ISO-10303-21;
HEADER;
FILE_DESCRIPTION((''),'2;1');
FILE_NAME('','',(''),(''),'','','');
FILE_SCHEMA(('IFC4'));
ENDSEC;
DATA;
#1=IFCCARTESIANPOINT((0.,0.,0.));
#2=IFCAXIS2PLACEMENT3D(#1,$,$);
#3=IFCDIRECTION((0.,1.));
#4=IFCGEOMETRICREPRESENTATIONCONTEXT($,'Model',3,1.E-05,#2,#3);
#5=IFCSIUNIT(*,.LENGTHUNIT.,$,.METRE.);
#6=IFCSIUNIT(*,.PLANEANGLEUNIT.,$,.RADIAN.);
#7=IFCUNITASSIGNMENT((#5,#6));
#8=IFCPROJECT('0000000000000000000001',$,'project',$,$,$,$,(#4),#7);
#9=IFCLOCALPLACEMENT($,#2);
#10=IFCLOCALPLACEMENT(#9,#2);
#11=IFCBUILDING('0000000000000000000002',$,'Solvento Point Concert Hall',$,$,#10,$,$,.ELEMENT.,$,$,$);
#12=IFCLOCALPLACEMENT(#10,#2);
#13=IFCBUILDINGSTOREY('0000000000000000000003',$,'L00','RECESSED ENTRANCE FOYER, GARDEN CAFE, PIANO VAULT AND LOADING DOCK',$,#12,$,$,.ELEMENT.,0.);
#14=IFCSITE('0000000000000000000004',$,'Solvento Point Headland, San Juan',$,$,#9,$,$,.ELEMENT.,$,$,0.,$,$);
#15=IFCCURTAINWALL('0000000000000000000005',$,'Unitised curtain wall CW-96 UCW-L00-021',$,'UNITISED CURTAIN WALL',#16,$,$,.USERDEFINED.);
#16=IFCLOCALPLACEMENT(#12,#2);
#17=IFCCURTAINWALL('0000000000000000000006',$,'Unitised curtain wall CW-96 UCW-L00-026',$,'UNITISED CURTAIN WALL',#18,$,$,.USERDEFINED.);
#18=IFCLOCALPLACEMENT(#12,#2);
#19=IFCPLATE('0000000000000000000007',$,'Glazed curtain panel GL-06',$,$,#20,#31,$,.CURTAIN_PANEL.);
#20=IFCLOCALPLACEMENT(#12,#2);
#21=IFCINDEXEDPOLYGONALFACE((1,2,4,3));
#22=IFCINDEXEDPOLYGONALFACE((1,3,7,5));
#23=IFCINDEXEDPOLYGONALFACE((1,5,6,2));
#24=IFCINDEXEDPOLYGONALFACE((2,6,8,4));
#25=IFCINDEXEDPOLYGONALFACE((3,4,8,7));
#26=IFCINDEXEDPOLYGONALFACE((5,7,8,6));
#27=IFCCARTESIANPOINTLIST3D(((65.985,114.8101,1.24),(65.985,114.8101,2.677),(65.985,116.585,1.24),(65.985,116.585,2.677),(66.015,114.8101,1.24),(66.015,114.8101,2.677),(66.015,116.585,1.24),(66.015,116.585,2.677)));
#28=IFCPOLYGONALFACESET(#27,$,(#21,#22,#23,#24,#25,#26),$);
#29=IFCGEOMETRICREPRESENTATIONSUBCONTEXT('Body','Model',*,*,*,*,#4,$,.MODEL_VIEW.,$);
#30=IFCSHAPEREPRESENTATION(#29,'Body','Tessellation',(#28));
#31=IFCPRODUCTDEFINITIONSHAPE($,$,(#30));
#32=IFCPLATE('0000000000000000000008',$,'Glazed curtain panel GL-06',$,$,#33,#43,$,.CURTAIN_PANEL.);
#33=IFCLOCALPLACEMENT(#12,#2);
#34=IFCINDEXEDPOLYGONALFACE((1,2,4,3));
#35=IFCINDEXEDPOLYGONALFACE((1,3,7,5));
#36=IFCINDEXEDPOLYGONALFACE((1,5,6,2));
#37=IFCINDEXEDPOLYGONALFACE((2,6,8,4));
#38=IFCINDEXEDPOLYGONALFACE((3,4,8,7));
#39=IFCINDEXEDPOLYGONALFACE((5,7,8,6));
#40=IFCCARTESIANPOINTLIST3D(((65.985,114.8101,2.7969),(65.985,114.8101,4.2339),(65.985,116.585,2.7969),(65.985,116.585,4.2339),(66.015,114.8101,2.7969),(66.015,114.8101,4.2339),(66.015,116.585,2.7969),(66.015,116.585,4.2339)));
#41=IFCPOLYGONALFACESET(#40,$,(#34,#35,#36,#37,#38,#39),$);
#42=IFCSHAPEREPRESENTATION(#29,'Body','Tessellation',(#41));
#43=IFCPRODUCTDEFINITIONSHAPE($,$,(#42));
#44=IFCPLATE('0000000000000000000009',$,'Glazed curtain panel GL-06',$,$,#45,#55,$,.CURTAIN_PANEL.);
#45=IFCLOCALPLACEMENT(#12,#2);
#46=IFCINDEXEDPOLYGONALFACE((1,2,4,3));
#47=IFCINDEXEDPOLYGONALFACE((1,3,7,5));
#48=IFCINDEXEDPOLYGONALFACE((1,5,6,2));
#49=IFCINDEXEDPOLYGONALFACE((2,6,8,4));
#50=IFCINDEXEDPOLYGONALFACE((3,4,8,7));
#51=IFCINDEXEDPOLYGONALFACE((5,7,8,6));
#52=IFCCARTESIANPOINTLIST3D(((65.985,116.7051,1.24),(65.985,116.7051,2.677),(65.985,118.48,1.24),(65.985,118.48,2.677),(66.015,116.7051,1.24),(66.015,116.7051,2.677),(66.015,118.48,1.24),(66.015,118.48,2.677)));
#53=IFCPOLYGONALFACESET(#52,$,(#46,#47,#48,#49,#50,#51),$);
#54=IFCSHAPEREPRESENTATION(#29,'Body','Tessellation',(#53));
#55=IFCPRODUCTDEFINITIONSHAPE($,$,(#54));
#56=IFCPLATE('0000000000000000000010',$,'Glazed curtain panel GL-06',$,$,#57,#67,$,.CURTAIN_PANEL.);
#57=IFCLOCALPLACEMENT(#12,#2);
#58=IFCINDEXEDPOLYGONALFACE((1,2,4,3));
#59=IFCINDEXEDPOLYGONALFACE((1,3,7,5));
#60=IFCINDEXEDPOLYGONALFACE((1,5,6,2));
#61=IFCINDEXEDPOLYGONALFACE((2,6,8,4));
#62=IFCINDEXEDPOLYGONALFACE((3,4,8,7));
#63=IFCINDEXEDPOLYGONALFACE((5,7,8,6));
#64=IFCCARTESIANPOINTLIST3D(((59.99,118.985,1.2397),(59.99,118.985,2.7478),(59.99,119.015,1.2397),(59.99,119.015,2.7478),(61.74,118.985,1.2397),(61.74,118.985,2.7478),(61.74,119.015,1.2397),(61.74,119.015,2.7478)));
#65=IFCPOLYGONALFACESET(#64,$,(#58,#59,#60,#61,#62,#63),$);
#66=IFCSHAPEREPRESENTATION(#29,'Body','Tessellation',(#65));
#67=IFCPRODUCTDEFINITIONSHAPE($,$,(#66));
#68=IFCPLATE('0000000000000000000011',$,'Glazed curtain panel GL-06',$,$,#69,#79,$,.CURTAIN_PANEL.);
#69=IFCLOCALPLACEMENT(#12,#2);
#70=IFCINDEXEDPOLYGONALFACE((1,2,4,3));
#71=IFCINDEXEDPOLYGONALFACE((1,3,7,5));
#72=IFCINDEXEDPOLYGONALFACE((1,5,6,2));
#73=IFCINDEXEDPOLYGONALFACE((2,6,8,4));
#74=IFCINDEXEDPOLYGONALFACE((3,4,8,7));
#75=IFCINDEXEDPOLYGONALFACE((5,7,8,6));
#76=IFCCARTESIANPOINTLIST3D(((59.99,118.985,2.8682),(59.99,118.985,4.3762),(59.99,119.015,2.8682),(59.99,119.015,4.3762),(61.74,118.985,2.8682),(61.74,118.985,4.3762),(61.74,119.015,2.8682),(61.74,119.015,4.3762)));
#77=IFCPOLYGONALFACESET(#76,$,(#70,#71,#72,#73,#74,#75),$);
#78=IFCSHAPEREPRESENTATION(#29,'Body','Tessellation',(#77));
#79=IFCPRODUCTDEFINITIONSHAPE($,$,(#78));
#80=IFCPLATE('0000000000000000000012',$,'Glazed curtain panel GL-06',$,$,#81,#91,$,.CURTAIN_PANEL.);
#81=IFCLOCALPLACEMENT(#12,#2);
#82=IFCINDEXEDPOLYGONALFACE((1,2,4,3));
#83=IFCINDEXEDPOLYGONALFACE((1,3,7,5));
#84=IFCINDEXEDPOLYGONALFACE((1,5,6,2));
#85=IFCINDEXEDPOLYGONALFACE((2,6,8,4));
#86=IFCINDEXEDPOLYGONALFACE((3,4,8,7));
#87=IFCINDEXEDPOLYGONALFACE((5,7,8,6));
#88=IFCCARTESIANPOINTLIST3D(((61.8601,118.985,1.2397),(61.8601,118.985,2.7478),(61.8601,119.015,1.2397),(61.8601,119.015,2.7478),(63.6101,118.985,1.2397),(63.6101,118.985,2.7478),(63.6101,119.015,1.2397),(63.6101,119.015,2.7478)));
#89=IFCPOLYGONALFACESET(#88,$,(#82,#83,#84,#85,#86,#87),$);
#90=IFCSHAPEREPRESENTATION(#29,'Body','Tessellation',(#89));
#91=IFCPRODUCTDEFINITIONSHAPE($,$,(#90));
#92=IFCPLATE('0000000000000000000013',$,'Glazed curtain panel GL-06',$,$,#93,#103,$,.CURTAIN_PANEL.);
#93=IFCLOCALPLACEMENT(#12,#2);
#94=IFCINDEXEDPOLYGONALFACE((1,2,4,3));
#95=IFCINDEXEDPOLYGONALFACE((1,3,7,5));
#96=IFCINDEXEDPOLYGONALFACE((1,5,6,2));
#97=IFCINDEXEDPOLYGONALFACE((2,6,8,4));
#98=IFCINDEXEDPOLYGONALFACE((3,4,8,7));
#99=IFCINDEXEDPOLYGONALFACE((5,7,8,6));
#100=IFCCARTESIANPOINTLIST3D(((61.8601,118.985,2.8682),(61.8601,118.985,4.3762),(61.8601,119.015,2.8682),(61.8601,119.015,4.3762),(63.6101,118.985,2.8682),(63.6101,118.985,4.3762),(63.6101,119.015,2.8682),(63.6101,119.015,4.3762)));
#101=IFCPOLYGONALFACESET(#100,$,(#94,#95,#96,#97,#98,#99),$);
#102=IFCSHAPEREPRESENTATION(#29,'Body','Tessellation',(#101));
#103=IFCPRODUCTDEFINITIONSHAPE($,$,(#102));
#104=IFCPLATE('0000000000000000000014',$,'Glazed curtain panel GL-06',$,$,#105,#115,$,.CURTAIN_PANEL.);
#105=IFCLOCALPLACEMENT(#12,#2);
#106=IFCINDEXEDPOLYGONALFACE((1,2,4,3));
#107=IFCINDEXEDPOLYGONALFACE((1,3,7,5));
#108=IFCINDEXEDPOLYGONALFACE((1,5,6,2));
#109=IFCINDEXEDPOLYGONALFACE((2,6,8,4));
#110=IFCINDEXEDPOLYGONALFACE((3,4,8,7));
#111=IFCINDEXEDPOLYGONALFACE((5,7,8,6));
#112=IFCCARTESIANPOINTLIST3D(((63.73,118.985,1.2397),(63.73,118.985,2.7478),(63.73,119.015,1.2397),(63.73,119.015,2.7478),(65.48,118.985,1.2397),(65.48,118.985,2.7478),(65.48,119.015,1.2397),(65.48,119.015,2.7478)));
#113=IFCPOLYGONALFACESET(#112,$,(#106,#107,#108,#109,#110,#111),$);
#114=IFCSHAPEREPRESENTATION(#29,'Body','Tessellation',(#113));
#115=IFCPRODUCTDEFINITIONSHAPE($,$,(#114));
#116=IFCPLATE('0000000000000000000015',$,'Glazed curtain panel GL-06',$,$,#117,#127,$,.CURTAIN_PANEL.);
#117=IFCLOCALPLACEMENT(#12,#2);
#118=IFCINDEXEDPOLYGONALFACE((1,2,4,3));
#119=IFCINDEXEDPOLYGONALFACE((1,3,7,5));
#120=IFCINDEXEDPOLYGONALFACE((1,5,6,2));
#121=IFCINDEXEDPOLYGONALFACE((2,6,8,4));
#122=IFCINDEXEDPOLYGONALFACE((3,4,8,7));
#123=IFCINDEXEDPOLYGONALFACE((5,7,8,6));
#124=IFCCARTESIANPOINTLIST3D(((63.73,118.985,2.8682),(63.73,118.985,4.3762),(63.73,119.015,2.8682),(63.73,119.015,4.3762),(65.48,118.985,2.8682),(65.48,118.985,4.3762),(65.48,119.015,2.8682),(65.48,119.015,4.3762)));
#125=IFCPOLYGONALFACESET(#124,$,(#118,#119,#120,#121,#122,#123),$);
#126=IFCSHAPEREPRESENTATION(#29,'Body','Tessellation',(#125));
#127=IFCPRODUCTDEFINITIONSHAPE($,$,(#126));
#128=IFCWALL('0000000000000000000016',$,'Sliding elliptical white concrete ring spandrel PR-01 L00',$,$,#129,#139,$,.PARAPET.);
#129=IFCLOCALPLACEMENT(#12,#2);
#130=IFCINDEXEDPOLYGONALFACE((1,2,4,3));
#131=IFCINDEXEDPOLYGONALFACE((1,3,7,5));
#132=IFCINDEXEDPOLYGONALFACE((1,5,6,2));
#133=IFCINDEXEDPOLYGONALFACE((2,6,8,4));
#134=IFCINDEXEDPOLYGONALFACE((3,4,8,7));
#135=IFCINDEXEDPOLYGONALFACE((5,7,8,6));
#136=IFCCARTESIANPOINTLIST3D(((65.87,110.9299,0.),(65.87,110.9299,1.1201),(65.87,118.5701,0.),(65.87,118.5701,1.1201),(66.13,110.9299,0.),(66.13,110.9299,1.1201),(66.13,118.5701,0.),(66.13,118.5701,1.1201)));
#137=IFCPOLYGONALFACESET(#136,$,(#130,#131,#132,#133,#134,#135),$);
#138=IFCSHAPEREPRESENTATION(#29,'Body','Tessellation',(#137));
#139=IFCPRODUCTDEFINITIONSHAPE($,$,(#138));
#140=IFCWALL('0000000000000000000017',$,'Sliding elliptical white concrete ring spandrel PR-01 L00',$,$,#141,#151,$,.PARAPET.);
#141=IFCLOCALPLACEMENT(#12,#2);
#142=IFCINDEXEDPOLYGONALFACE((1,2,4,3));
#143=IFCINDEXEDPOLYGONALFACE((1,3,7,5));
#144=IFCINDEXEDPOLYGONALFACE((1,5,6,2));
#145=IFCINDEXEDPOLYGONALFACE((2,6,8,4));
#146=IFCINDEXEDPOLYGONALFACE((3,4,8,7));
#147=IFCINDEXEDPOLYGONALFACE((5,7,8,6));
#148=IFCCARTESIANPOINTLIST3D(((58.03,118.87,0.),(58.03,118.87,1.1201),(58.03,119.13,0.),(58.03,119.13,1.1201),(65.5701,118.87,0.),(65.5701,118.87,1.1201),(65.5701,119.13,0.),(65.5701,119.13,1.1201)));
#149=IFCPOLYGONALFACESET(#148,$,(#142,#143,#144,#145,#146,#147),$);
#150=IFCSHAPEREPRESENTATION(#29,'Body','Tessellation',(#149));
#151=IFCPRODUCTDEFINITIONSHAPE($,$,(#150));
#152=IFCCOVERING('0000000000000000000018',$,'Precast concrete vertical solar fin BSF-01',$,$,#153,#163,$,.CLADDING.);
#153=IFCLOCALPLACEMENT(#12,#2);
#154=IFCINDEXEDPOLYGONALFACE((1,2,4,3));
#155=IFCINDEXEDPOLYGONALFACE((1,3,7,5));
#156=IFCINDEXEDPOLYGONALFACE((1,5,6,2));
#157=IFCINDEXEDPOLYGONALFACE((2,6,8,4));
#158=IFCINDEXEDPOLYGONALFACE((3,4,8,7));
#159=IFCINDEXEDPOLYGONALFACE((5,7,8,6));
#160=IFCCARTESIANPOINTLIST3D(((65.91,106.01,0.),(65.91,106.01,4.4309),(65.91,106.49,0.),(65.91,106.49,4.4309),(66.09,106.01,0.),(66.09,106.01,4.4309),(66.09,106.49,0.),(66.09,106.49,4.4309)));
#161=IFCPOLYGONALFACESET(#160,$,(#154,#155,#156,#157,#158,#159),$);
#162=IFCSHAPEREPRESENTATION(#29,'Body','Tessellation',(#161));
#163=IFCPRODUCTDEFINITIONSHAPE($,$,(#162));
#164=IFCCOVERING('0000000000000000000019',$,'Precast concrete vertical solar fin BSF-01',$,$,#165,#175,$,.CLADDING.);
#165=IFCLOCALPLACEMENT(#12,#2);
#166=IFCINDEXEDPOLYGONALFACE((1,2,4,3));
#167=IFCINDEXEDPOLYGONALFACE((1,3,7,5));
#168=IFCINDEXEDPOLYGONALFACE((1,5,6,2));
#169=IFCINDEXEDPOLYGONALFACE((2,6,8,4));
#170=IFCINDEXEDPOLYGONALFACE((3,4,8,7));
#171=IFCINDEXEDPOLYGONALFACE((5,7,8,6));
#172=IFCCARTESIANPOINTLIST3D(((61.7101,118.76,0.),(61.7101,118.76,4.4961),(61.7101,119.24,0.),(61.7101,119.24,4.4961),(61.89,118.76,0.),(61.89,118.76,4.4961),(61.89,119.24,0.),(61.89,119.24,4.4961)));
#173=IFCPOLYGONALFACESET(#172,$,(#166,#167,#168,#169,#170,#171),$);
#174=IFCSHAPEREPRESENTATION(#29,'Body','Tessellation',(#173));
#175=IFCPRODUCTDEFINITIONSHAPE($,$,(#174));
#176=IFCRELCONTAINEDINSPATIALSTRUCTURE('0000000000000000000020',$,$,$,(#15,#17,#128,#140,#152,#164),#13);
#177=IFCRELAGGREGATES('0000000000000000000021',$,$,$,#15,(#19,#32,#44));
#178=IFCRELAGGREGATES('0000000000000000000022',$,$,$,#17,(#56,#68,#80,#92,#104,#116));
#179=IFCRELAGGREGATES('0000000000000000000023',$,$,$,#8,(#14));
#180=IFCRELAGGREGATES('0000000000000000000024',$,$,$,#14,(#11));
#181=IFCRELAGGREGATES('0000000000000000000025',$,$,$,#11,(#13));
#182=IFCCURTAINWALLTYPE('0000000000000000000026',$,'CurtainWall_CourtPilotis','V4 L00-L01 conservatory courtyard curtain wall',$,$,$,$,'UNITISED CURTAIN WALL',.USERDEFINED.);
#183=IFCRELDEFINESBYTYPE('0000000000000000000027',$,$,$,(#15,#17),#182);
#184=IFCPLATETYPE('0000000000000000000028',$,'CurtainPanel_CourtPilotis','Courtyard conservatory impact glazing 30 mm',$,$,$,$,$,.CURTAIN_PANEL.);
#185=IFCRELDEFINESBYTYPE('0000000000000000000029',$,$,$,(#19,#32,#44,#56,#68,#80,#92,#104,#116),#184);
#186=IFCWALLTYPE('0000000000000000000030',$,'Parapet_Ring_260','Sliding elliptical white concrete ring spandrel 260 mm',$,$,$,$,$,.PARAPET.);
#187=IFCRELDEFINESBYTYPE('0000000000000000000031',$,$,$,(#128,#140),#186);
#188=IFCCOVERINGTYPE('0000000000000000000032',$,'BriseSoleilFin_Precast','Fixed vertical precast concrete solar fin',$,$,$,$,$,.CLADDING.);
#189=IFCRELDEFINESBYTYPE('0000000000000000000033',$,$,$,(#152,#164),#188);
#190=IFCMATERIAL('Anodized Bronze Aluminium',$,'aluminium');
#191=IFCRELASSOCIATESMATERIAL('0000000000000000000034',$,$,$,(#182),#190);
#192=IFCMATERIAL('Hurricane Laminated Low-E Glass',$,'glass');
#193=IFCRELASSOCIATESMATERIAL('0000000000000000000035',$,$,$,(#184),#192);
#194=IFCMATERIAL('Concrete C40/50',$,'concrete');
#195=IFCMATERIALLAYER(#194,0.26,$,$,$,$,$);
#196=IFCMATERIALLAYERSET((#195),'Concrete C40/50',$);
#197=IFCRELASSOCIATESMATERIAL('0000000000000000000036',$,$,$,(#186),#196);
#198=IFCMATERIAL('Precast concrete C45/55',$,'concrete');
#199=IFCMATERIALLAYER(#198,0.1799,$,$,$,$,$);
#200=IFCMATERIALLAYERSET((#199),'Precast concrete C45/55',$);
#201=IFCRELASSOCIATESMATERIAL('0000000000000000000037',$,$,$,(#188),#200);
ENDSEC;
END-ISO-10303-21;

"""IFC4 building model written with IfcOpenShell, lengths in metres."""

from ifc_helpers import new_model, si_unit, direction, frame, frame_2d, origin, origin_2d, place, context, subcontext, project, spatial, rectangle, extrude, material, layer, layer_set, type_object, element, aggregate, save


model = new_model("IFC4")

# Units and contexts
model_context = context("Model", 3, precision=1e-05, world=origin(), true_north=direction((0.0, 1.0)))
body_context = subcontext(model_context, "Body", "Model", "MODEL_VIEW")
ifc_project = project(units=[si_unit("LENGTHUNIT", "METRE"), si_unit("PLANEANGLEUNIT", "RADIAN")], contexts=[model_context])

# Site, building, storey
site_placement = place(None, origin())
site = spatial("IfcSite", under=ifc_project, at=site_placement, Name="Solvento Point Headland, San Juan", CompositionType="ELEMENT", RefElevation=0.0)
building_placement = place(site_placement, origin())
building = spatial("IfcBuilding", under=site, at=building_placement, Name="Solvento Point Concert Hall", CompositionType="ELEMENT")
storey_placement = place(building_placement, origin())
storey = spatial("IfcBuildingStorey", under=building, at=storey_placement, Name="L00", Description="RECESSED ENTRANCE FOYER, GARDEN CAFE, PIANO VAULT AND LOADING DOCK", CompositionType="ELEMENT", Elevation=0.0)

# Curtain walls
ifc_material_1 = material(Name="Anodized Bronze Aluminium", Category="aluminium")
curtain_wall_type = type_object("IfcCurtainWallType", Name="CurtainWall_CourtPilotis", Description="V4 L00-L01 conservatory courtyard curtain wall", ElementType="UNITISED CURTAIN WALL", PredefinedType="USERDEFINED", material=ifc_material_1)
curtain_wall_1_placement = place(storey_placement, origin())
curtain_wall_1 = element("IfcCurtainWall", 1, at=curtain_wall_1_placement, inside=storey, type_object=curtain_wall_type, Name="Unitised curtain wall CW-96 UCW-L00-021", ObjectType="UNITISED CURTAIN WALL", PredefinedType="USERDEFINED")
curtain_wall_2_placement = place(storey_placement, origin())
curtain_wall_2 = element("IfcCurtainWall", 2, at=curtain_wall_2_placement, inside=storey, type_object=curtain_wall_type, Name="Unitised curtain wall CW-96 UCW-L00-026", ObjectType="UNITISED CURTAIN WALL", PredefinedType="USERDEFINED")

# Plates
ifc_material_2 = material(Name="Hurricane Laminated Low-E Glass", Category="glass")
plate_type = type_object("IfcPlateType", Name="CurtainPanel_CourtPilotis", Description="Courtyard conservatory impact glazing 30 mm", PredefinedType="CURTAIN_PANEL", material=ifc_material_2)
plate_1_placement = place(storey_placement, frame((66.0, 115.6975, 1.24), z_axis=(0.0, 0.0, 1.0), x_axis=(0.0, 1.0, 0.0)))
plate_1 = element("IfcPlate", 3, at=plate_1_placement, type_object=plate_type, Name="Glazed curtain panel GL-06", PredefinedType="CURTAIN_PANEL", context=body_context, shape_type="SweptSolid", body=[
    extrude(rectangle(XDim=1.7749, YDim=0.03, at=origin_2d()), origin(), (0.0, 0.0, 1.0), 1.437),
])
plate_2_placement = place(storey_placement, frame((66.0, 115.6975, 2.7969), z_axis=(0.0, 0.0, 1.0), x_axis=(0.0, 1.0, 0.0)))
plate_2 = element("IfcPlate", 4, at=plate_2_placement, type_object=plate_type, Name="Glazed curtain panel GL-06", PredefinedType="CURTAIN_PANEL", context=body_context, shape_type="SweptSolid", body=[
    extrude(rectangle(XDim=1.7749, YDim=0.03, at=origin_2d()), origin(), (0.0, 0.0, 1.0), 1.437),
])
plate_3_placement = place(storey_placement, frame((66.0, 117.5925, 1.24), z_axis=(0.0, 0.0, 1.0), x_axis=(0.0, 1.0, 0.0)))
plate_3 = element("IfcPlate", 5, at=plate_3_placement, type_object=plate_type, Name="Glazed curtain panel GL-06", PredefinedType="CURTAIN_PANEL", context=body_context, shape_type="SweptSolid", body=[
    extrude(rectangle(XDim=1.7749, YDim=0.03, at=origin_2d()), origin(), (0.0, 0.0, 1.0), 1.437),
])
aggregate(curtain_wall_1, [plate_1, plate_2, plate_3])
plate_4_placement = place(storey_placement, frame((60.865, 119.0, 1.2397), z_axis=(0.0, 0.0, 1.0), x_axis=(1.0, 0.0, 0.0)))
plate_4 = element("IfcPlate", 6, at=plate_4_placement, type_object=plate_type, Name="Glazed curtain panel GL-06", PredefinedType="CURTAIN_PANEL", context=body_context, shape_type="SweptSolid", body=[
    extrude(rectangle(XDim=1.75, YDim=0.03, at=origin_2d()), origin(), (0.0, 0.0, 1.0), 1.5081),
])
plate_5_placement = place(storey_placement, frame((60.865, 119.0, 2.8682), z_axis=(0.0, 0.0, 1.0), x_axis=(1.0, 0.0, 0.0)))
plate_5 = element("IfcPlate", 7, at=plate_5_placement, type_object=plate_type, Name="Glazed curtain panel GL-06", PredefinedType="CURTAIN_PANEL", context=body_context, shape_type="SweptSolid", body=[
    extrude(rectangle(XDim=1.75, YDim=0.03, at=origin_2d()), origin(), (0.0, 0.0, 1.0), 1.5081),
])
plate_6_placement = place(storey_placement, frame((62.7351, 119.0, 1.2397), z_axis=(0.0, 0.0, 1.0), x_axis=(1.0, 0.0, 0.0)))
plate_6 = element("IfcPlate", 8, at=plate_6_placement, type_object=plate_type, Name="Glazed curtain panel GL-06", PredefinedType="CURTAIN_PANEL", context=body_context, shape_type="SweptSolid", body=[
    extrude(rectangle(XDim=1.75, YDim=0.03, at=origin_2d()), origin(), (0.0, 0.0, 1.0), 1.5081),
])
plate_7_placement = place(storey_placement, frame((62.7351, 119.0, 2.8682), z_axis=(0.0, 0.0, 1.0), x_axis=(1.0, 0.0, 0.0)))
plate_7 = element("IfcPlate", 9, at=plate_7_placement, type_object=plate_type, Name="Glazed curtain panel GL-06", PredefinedType="CURTAIN_PANEL", context=body_context, shape_type="SweptSolid", body=[
    extrude(rectangle(XDim=1.75, YDim=0.03, at=origin_2d()), origin(), (0.0, 0.0, 1.0), 1.5081),
])
plate_8_placement = place(storey_placement, frame((64.605, 119.0, 1.2397), z_axis=(0.0, 0.0, 1.0), x_axis=(1.0, 0.0, 0.0)))
plate_8 = element("IfcPlate", 10, at=plate_8_placement, type_object=plate_type, Name="Glazed curtain panel GL-06", PredefinedType="CURTAIN_PANEL", context=body_context, shape_type="SweptSolid", body=[
    extrude(rectangle(XDim=1.75, YDim=0.03, at=origin_2d()), origin(), (0.0, 0.0, 1.0), 1.5081),
])
plate_9_placement = place(storey_placement, frame((64.605, 119.0, 2.8682), z_axis=(0.0, 0.0, 1.0), x_axis=(1.0, 0.0, 0.0)))
plate_9 = element("IfcPlate", 11, at=plate_9_placement, type_object=plate_type, Name="Glazed curtain panel GL-06", PredefinedType="CURTAIN_PANEL", context=body_context, shape_type="SweptSolid", body=[
    extrude(rectangle(XDim=1.75, YDim=0.03, at=origin_2d()), origin(), (0.0, 0.0, 1.0), 1.5081),
])
aggregate(curtain_wall_2, [plate_4, plate_5, plate_6, plate_7, plate_8, plate_9])

# Walls
ifc_material_3 = material(Name="Concrete C40/50", Category="concrete")
ifc_layer_1 = layer(ifc_material_3, 0.26)
ifc_layer_set_1 = layer_set([ifc_layer_1], Name="Concrete C40/50")
wall_type = type_object("IfcWallType", Name="Parapet_Ring_260", Description="Sliding elliptical white concrete ring spandrel 260 mm", PredefinedType="PARAPET", material=ifc_layer_set_1)
wall_1_placement = place(storey_placement, frame((66.0, 110.9299, 0.0), z_axis=(0.0, 0.0, 1.0), x_axis=(0.0, 1.0, 0.0)))
element("IfcWall", 12, at=wall_1_placement, inside=storey, type_object=wall_type, Name="Sliding elliptical white concrete ring spandrel PR-01 L00", PredefinedType="PARAPET", context=body_context, shape_type="SweptSolid", body=[
    extrude(rectangle(XDim=7.6401, YDim=0.26, at=frame_2d((3.8201, 0.0))), origin(), (0.0, 0.0, 1.0), 1.1201),
])
wall_2_placement = place(storey_placement, frame((65.5701, 119.0, 0.0), z_axis=(0.0, 0.0, 1.0), x_axis=(-1.0, 0.0, 0.0)))
element("IfcWall", 13, at=wall_2_placement, inside=storey, type_object=wall_type, Name="Sliding elliptical white concrete ring spandrel PR-01 L00", PredefinedType="PARAPET", context=body_context, shape_type="SweptSolid", body=[
    extrude(rectangle(XDim=7.54, YDim=0.26, at=frame_2d((3.77, 0.0))), origin(), (0.0, 0.0, 1.0), 1.1201),
])

# Coverings
ifc_material_4 = material(Name="Precast concrete C45/55", Category="concrete")
ifc_layer_2 = layer(ifc_material_4, 0.1799)
ifc_layer_set_2 = layer_set([ifc_layer_2], Name="Precast concrete C45/55")
covering_type = type_object("IfcCoveringType", Name="BriseSoleilFin_Precast", Description="Fixed vertical precast concrete solar fin", PredefinedType="CLADDING", material=ifc_layer_set_2)
covering_1_placement = place(storey_placement, frame((66.0, 106.25, 0.0), z_axis=(0.0, 0.0, 1.0), x_axis=(1.0, 0.0, 0.0)))
element("IfcCovering", 14, at=covering_1_placement, inside=storey, type_object=covering_type, Name="Precast concrete vertical solar fin BSF-01", PredefinedType="CLADDING", context=body_context, shape_type="SweptSolid", body=[
    extrude(rectangle(XDim=0.1799, YDim=0.48, at=origin_2d()), origin(), (0.0, 0.0, 1.0), 4.4309),
])
covering_2_placement = place(storey_placement, frame((61.8, 119.0, 0.0), z_axis=(0.0, 0.0, 1.0), x_axis=(1.0, 0.0, 0.0)))
element("IfcCovering", 15, at=covering_2_placement, inside=storey, type_object=covering_type, Name="Precast concrete vertical solar fin BSF-01", PredefinedType="CLADDING", context=body_context, shape_type="SweptSolid", body=[
    extrude(rectangle(XDim=0.1799, YDim=0.48, at=origin_2d()), origin(), (0.0, 0.0, 1.0), 4.4961),
])

save(model, "model.ifc")
